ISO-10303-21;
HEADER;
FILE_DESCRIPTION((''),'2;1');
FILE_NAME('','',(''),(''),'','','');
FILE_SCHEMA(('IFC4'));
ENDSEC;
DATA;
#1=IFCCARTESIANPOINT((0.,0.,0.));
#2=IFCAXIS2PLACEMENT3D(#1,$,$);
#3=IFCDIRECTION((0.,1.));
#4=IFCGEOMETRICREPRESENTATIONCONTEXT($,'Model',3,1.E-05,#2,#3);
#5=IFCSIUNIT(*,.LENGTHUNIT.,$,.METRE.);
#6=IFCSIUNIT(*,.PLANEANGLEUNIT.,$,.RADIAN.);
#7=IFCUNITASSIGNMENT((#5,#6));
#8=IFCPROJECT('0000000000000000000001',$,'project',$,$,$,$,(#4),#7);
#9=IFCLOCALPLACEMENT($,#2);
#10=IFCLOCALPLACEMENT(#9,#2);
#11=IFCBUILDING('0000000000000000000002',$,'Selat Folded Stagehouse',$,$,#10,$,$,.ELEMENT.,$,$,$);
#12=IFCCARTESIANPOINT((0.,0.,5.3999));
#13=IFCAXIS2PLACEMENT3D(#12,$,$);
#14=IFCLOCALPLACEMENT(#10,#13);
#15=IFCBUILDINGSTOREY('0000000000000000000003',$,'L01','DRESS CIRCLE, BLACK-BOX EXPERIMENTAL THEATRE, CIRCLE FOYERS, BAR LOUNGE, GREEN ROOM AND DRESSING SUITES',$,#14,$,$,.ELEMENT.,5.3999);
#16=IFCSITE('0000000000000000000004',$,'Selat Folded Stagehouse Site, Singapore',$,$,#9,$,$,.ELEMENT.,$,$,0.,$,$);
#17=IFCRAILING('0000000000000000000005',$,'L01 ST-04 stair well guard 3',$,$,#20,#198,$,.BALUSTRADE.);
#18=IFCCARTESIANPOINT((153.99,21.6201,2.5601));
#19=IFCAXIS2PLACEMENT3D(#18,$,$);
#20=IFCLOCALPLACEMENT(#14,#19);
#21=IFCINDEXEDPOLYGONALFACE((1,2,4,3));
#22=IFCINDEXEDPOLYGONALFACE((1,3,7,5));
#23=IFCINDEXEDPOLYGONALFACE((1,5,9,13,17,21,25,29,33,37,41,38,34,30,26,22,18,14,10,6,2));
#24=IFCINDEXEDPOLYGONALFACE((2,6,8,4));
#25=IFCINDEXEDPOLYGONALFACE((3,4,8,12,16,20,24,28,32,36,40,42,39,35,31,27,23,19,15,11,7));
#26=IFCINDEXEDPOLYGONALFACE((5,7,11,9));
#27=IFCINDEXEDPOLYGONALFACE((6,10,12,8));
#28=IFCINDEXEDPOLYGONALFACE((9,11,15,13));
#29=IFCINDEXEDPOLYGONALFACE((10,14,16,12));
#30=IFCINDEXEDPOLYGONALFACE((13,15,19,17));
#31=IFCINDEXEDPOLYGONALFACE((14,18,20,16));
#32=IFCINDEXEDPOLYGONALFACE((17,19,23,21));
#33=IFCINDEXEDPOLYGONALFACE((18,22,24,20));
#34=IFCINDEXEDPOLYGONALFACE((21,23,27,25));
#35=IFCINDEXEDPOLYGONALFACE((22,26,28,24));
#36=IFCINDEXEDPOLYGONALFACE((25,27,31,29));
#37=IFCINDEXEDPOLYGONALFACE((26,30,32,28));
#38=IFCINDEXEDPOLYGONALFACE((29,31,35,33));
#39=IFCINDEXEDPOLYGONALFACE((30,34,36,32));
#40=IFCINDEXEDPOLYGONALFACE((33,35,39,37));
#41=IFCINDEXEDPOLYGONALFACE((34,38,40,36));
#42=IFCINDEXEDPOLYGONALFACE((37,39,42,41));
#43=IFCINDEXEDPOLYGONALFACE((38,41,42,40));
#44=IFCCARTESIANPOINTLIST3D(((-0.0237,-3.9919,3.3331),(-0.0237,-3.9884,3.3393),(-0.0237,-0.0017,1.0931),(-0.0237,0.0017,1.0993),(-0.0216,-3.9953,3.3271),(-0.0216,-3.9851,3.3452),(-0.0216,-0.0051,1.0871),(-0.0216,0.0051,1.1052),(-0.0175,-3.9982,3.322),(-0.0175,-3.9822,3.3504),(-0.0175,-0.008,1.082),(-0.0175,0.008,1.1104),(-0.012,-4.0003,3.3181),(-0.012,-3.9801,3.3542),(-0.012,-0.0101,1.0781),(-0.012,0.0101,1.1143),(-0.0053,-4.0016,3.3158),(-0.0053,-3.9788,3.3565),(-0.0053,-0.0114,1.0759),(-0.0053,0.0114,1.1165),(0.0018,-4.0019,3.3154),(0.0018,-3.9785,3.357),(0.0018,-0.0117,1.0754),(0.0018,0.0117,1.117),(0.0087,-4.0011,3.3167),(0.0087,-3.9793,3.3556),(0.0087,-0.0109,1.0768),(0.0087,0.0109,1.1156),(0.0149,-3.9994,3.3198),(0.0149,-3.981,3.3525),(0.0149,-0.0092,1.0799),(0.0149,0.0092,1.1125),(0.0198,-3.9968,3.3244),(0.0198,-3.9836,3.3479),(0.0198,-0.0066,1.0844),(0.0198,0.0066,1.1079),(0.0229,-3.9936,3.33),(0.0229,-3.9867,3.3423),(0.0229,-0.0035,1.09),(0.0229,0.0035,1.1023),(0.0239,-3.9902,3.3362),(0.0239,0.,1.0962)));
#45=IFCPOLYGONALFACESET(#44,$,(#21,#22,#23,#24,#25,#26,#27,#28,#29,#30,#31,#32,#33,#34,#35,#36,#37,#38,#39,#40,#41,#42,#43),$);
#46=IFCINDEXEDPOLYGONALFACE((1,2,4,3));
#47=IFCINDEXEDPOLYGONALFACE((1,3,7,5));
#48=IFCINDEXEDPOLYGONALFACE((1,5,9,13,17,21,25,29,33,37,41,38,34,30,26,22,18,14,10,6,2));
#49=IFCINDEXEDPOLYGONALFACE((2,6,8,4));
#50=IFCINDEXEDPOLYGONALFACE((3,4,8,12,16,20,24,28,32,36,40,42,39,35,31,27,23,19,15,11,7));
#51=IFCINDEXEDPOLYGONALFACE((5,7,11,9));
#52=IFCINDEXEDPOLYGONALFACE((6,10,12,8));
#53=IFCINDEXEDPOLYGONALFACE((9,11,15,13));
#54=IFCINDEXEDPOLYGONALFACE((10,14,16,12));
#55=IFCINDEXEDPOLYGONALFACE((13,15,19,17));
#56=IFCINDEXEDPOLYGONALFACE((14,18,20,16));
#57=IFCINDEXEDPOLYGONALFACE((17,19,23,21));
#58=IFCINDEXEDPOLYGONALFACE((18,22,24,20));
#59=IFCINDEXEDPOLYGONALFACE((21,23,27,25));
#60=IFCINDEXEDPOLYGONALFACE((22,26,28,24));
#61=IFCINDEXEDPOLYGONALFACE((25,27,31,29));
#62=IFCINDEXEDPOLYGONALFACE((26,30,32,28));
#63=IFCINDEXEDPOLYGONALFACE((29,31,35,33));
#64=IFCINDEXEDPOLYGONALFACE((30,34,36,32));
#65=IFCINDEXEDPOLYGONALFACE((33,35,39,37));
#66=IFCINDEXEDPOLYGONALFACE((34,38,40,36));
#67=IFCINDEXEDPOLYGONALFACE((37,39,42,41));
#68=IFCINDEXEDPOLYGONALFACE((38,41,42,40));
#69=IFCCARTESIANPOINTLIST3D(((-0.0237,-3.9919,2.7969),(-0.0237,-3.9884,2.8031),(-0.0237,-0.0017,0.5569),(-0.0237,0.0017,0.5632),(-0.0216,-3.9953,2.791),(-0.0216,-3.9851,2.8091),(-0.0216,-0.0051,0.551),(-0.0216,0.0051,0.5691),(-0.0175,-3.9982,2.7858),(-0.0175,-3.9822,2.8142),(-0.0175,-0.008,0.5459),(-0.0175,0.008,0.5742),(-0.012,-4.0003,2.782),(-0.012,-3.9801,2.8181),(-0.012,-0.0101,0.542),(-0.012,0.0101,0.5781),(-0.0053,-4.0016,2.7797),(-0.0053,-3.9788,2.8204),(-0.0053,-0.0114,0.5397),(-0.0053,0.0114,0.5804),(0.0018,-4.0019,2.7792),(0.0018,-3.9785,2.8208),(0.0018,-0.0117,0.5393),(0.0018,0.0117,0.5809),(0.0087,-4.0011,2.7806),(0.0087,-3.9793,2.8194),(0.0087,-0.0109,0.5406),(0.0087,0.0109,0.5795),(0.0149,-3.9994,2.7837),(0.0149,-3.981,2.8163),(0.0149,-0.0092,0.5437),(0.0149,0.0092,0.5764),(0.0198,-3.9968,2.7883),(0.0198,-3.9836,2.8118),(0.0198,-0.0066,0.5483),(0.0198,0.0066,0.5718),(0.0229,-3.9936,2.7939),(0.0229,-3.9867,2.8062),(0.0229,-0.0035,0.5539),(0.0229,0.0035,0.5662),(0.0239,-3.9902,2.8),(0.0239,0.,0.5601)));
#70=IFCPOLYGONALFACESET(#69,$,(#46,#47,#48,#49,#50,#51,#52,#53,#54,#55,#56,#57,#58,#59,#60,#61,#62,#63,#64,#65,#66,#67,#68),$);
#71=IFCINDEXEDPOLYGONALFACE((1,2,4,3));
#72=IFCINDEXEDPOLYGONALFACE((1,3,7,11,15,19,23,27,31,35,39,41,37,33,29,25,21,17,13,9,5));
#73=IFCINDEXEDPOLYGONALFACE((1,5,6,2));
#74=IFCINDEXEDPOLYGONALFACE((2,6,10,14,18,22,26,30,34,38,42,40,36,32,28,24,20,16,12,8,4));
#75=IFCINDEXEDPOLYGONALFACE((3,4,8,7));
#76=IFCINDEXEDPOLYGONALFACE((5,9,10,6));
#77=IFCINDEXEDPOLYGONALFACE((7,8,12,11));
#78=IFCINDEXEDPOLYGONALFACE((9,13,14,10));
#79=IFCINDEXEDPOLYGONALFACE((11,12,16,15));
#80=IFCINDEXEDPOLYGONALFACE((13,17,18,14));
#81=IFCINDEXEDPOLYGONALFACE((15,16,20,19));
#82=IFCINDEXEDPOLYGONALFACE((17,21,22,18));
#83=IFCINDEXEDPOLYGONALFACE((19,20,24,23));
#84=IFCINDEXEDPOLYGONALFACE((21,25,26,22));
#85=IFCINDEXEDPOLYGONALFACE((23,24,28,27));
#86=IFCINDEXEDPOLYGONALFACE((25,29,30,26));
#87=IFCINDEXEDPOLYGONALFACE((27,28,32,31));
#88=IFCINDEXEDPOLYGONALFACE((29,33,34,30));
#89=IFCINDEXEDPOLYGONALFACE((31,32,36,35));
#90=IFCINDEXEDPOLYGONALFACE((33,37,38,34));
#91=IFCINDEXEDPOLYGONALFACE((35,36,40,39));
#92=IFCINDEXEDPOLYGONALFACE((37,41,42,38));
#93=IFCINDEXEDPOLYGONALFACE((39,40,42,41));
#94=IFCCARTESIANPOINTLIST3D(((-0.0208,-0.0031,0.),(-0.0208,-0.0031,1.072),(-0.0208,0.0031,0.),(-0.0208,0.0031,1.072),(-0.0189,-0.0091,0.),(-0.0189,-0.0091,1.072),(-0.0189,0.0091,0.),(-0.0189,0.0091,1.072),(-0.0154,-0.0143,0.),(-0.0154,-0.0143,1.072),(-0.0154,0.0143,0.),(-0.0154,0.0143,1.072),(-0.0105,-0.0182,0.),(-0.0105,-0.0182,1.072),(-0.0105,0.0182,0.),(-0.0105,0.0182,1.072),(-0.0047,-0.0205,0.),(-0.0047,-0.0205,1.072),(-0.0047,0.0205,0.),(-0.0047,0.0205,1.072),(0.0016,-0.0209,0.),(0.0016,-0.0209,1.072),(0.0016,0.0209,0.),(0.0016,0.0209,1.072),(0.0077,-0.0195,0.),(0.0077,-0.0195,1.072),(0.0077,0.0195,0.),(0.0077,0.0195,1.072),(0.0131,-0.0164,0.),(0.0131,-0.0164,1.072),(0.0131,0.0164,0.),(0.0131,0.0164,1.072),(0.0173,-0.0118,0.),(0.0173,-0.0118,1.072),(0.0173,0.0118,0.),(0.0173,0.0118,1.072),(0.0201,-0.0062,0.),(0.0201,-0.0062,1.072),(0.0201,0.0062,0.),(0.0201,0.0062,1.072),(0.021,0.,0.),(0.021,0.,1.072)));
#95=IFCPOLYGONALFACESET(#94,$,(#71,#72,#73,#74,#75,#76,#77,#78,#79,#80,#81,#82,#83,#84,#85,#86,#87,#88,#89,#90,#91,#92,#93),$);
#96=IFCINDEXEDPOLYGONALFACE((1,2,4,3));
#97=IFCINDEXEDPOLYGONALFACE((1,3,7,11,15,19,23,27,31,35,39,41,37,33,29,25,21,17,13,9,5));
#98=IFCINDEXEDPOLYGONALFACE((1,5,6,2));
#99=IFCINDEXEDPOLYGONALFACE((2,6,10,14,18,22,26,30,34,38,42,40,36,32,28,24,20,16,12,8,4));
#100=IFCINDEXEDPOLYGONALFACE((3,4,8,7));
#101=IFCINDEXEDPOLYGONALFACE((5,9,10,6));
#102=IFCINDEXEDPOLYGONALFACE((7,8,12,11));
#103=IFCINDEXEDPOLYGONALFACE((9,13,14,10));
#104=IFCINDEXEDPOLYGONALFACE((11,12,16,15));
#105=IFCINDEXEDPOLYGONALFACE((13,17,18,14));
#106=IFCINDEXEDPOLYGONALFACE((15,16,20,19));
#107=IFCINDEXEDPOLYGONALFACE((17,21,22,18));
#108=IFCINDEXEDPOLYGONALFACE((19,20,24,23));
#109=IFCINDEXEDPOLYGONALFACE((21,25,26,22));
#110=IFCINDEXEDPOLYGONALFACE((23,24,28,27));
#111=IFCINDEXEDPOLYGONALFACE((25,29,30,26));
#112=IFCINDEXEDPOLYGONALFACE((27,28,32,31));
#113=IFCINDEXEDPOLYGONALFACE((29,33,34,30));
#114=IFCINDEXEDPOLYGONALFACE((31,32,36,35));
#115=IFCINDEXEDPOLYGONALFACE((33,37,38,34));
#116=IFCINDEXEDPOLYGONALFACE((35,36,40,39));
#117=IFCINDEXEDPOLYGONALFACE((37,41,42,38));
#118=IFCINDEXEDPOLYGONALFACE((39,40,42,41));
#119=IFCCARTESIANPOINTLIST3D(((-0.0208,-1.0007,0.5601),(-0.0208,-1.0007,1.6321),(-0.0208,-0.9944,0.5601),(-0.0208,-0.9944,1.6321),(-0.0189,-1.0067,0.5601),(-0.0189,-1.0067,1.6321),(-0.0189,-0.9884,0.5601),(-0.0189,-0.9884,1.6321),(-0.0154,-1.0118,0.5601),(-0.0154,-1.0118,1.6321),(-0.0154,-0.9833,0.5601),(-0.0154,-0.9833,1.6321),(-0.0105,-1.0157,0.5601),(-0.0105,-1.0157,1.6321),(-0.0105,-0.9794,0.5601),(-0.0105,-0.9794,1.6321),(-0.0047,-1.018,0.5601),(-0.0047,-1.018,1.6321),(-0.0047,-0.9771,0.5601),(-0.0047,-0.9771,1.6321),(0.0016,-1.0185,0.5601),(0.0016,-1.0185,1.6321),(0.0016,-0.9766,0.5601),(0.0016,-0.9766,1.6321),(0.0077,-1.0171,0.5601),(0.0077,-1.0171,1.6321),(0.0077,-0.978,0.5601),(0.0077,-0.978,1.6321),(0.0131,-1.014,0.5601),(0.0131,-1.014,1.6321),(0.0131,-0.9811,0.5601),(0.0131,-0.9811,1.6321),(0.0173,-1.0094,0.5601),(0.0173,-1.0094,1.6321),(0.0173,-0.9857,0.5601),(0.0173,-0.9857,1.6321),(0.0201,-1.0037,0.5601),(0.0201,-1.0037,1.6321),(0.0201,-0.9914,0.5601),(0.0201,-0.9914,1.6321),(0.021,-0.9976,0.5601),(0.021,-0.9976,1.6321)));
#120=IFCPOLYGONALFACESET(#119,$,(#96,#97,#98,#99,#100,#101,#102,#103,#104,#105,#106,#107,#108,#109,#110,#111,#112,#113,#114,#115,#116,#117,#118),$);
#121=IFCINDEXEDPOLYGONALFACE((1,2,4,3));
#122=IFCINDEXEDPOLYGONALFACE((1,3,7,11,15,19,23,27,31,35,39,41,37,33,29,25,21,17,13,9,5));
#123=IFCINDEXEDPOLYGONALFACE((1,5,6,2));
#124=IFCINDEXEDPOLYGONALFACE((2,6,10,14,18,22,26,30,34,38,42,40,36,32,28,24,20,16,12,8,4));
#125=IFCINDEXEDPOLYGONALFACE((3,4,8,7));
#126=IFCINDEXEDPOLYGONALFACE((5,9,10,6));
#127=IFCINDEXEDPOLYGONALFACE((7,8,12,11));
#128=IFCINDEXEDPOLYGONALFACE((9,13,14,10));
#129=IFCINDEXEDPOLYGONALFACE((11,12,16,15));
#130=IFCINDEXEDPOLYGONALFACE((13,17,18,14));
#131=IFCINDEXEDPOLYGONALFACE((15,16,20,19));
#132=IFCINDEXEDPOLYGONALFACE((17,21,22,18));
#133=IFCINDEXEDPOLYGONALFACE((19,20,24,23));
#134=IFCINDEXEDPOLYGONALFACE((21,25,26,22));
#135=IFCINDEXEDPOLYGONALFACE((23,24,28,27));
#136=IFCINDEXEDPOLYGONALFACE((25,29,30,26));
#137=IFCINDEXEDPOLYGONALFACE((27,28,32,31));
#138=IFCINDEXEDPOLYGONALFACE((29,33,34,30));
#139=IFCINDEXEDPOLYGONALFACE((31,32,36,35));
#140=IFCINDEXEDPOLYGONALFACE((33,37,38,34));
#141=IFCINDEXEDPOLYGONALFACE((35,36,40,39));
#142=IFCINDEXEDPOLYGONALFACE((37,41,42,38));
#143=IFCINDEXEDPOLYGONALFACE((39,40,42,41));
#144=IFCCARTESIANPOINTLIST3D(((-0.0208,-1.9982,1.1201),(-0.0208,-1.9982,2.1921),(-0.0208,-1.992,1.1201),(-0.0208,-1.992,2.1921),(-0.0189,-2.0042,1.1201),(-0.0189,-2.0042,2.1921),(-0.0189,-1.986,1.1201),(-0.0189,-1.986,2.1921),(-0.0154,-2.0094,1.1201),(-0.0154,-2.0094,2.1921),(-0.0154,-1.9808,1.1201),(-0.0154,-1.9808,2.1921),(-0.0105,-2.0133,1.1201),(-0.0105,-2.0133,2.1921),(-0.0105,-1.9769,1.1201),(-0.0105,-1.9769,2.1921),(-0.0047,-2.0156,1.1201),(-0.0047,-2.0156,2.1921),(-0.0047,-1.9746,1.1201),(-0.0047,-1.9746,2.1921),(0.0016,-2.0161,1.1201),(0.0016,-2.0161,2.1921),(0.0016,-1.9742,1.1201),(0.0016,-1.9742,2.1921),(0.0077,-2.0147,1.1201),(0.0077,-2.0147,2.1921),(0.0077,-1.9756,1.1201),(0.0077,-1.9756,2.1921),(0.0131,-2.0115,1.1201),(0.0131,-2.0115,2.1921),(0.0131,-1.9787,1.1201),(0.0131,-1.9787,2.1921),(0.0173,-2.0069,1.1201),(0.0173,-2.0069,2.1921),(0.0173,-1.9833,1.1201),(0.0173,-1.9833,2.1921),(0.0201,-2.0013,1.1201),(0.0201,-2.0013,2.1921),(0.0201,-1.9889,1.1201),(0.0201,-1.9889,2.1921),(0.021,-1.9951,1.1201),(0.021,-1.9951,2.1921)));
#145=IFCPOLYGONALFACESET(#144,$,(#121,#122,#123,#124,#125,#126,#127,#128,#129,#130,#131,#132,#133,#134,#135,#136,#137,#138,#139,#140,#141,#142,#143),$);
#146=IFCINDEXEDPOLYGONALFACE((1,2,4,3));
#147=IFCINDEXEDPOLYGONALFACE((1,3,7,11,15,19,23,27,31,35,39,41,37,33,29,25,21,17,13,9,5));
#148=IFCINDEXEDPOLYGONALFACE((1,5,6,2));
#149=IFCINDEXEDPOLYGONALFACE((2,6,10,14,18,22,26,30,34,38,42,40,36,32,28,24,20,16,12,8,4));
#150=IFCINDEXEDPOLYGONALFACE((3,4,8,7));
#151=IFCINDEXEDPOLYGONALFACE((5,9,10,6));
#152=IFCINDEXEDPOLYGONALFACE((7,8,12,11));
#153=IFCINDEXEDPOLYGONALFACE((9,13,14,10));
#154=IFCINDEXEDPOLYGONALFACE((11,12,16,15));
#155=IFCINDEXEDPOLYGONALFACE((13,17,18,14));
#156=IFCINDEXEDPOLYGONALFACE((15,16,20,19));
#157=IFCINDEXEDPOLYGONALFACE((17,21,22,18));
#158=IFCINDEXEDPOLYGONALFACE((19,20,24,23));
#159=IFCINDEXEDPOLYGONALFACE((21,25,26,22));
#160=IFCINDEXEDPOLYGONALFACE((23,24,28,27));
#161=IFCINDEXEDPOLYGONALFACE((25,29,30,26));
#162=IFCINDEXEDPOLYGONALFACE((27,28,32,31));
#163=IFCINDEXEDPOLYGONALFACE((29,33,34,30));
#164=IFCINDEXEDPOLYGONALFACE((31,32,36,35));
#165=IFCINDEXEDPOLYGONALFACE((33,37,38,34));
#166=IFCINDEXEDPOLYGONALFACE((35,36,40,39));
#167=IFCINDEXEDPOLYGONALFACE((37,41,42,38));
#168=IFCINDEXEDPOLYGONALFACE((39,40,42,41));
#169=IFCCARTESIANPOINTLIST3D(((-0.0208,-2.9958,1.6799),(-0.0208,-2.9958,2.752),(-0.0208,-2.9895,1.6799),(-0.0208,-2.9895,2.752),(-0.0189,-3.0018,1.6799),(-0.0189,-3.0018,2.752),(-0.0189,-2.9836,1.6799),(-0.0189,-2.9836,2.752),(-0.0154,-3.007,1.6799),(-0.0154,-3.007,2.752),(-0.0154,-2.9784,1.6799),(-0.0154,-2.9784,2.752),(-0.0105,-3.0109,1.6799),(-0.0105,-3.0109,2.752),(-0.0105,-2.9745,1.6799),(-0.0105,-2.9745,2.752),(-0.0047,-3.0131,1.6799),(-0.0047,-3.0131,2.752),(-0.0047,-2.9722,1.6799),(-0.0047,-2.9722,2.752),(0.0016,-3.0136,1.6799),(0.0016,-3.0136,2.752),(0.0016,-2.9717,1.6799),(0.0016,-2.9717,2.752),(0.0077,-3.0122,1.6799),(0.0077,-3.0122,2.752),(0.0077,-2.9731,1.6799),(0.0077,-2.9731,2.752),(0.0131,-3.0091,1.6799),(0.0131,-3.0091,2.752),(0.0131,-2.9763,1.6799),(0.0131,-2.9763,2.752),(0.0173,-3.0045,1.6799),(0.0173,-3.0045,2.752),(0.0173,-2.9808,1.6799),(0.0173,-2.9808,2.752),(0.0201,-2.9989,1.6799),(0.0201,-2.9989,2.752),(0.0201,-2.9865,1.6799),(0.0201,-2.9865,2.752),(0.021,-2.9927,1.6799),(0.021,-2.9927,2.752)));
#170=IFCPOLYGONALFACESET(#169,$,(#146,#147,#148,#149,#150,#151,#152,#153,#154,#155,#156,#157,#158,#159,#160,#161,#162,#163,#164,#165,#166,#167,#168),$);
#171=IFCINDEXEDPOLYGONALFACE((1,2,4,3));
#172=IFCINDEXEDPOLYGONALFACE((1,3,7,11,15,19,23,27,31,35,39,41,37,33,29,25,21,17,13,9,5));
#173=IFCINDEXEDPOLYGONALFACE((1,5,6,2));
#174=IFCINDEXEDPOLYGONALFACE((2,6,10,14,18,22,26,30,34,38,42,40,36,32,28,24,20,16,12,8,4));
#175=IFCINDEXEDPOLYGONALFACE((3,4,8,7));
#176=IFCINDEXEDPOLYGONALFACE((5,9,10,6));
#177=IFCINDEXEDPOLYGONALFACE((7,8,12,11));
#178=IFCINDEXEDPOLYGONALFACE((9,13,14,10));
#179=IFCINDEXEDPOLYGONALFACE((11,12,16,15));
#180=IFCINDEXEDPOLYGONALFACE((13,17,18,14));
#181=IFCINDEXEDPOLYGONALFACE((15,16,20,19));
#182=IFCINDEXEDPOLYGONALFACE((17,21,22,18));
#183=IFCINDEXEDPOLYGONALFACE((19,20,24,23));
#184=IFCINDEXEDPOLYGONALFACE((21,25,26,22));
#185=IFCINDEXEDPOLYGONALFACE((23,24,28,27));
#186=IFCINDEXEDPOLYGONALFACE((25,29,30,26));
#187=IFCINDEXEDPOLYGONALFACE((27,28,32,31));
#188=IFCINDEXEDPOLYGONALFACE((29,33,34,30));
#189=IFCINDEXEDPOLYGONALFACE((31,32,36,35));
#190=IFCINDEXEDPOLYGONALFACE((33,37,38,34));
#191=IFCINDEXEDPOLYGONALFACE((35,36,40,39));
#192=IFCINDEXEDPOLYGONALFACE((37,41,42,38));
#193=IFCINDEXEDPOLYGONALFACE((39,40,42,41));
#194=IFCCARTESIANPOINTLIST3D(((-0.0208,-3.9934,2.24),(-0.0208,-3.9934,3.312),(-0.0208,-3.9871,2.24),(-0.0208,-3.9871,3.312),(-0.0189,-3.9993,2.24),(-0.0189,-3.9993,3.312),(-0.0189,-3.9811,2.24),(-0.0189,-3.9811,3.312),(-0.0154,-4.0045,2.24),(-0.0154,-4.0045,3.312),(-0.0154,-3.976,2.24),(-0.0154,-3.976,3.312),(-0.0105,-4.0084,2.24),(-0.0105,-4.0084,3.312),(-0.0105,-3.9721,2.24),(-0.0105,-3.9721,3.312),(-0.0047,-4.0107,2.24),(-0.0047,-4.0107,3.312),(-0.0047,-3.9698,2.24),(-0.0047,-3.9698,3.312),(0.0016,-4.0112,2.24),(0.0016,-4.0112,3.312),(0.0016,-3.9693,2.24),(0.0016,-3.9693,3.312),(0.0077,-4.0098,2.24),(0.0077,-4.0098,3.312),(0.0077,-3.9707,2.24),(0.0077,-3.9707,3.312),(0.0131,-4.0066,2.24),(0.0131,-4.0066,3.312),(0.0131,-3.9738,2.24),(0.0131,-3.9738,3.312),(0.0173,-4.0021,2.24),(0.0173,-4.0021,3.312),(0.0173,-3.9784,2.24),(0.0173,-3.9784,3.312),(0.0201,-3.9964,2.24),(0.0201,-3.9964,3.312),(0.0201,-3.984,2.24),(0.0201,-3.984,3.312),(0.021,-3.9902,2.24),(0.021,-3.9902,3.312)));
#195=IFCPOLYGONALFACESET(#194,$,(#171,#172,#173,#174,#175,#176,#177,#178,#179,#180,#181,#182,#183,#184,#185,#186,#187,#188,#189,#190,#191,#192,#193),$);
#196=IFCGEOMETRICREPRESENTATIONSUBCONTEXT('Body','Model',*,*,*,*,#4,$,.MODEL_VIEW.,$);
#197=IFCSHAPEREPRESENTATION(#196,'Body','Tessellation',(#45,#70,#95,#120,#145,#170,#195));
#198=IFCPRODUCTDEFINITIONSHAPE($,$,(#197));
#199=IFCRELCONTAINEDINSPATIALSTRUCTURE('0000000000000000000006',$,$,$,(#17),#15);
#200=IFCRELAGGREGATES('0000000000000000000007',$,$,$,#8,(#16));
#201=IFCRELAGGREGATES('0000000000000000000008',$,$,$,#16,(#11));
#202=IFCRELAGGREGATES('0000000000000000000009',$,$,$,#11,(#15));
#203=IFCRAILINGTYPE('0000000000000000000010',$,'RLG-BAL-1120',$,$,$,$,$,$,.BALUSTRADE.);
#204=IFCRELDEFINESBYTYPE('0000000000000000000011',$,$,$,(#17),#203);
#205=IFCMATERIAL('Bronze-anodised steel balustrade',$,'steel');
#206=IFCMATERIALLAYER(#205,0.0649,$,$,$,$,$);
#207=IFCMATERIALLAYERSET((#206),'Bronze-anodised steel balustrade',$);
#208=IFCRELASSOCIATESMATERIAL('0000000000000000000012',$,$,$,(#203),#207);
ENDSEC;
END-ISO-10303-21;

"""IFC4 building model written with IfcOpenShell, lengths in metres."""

from ifc_helpers import new_model, si_unit, direction, frame, origin, origin_2d, place, context, subcontext, project, spatial, circle, extrude, material, layer, layer_set, type_object, element, save


model = new_model("IFC4")

# Units and contexts
model_context = context("Model", 3, precision=1e-05, world=origin(), true_north=direction((0.0, 1.0)))
body_context = subcontext(model_context, "Body", "Model", "MODEL_VIEW")
ifc_project = project(units=[si_unit("LENGTHUNIT", "METRE"), si_unit("PLANEANGLEUNIT", "RADIAN")], contexts=[model_context])

# Site, building, storey
site_placement = place(None, origin())
site = spatial("IfcSite", under=ifc_project, at=site_placement, Name="Selat Folded Stagehouse Site, Singapore", CompositionType="ELEMENT", RefElevation=0.0)
building_placement = place(site_placement, origin())
building = spatial("IfcBuilding", under=site, at=building_placement, Name="Selat Folded Stagehouse", CompositionType="ELEMENT")
storey_placement = place(building_placement, frame((0.0, 0.0, 5.3999)))
storey = spatial("IfcBuildingStorey", under=building, at=storey_placement, Name="L01", Description="DRESS CIRCLE, BLACK-BOX EXPERIMENTAL THEATRE, CIRCLE FOYERS, BAR LOUNGE, GREEN ROOM AND DRESSING SUITES", CompositionType="ELEMENT", Elevation=5.3999)

# Railing
ifc_material_1 = material(Name="Bronze-anodised steel balustrade", Category="steel")
ifc_layer_1 = layer(ifc_material_1, 0.0649)
ifc_layer_set_1 = layer_set([ifc_layer_1], Name="Bronze-anodised steel balustrade")
railing_type_1 = type_object("IfcRailingType", Name="RLG-BAL-1120", PredefinedType="BALUSTRADE", material=ifc_layer_set_1)
railing_1_placement = place(storey_placement, frame((153.99, 21.6201, 2.5601)))
element("IfcRailing", 1, at=railing_1_placement, inside=storey, type_object=railing_type_1, Name="L01 ST-04 stair well guard 3", PredefinedType="BALUSTRADE", context=body_context, shape_type="SweptSolid", body=[
    extrude(circle(Radius=0.0239, at=origin_2d()), frame((0.0, 0.0, 1.0962), z_axis=(0.0, -0.871997, 0.489511), x_axis=(1.0, 0.0, 0.0)), (0.0, 0.0, 1.0), 4.5759),
    extrude(circle(Radius=0.0239, at=origin_2d()), frame((0.0, 0.0, 0.5601), z_axis=(0.0, -0.871997, 0.489511), x_axis=(1.0, 0.0, 0.0)), (0.0, 0.0, 1.0), 4.5759),
    extrude(circle(Radius=0.021, at=origin_2d()), origin(), (0.0, 0.0, 1.0), 1.072),
    extrude(circle(Radius=0.021, at=origin_2d()), frame((0.0, -0.9976, 0.5601)), (0.0, 0.0, 1.0), 1.072),
    extrude(circle(Radius=0.021, at=origin_2d()), frame((0.0, -1.9951, 1.1201)), (0.0, 0.0, 1.0), 1.072),
    extrude(circle(Radius=0.021, at=origin_2d()), frame((0.0, -2.9927, 1.6799)), (0.0, 0.0, 1.0), 1.072),
    extrude(circle(Radius=0.021, at=origin_2d()), frame((0.0, -3.9902, 2.24)), (0.0, 0.0, 1.0), 1.072),
])

save(model, "model.ifc")
